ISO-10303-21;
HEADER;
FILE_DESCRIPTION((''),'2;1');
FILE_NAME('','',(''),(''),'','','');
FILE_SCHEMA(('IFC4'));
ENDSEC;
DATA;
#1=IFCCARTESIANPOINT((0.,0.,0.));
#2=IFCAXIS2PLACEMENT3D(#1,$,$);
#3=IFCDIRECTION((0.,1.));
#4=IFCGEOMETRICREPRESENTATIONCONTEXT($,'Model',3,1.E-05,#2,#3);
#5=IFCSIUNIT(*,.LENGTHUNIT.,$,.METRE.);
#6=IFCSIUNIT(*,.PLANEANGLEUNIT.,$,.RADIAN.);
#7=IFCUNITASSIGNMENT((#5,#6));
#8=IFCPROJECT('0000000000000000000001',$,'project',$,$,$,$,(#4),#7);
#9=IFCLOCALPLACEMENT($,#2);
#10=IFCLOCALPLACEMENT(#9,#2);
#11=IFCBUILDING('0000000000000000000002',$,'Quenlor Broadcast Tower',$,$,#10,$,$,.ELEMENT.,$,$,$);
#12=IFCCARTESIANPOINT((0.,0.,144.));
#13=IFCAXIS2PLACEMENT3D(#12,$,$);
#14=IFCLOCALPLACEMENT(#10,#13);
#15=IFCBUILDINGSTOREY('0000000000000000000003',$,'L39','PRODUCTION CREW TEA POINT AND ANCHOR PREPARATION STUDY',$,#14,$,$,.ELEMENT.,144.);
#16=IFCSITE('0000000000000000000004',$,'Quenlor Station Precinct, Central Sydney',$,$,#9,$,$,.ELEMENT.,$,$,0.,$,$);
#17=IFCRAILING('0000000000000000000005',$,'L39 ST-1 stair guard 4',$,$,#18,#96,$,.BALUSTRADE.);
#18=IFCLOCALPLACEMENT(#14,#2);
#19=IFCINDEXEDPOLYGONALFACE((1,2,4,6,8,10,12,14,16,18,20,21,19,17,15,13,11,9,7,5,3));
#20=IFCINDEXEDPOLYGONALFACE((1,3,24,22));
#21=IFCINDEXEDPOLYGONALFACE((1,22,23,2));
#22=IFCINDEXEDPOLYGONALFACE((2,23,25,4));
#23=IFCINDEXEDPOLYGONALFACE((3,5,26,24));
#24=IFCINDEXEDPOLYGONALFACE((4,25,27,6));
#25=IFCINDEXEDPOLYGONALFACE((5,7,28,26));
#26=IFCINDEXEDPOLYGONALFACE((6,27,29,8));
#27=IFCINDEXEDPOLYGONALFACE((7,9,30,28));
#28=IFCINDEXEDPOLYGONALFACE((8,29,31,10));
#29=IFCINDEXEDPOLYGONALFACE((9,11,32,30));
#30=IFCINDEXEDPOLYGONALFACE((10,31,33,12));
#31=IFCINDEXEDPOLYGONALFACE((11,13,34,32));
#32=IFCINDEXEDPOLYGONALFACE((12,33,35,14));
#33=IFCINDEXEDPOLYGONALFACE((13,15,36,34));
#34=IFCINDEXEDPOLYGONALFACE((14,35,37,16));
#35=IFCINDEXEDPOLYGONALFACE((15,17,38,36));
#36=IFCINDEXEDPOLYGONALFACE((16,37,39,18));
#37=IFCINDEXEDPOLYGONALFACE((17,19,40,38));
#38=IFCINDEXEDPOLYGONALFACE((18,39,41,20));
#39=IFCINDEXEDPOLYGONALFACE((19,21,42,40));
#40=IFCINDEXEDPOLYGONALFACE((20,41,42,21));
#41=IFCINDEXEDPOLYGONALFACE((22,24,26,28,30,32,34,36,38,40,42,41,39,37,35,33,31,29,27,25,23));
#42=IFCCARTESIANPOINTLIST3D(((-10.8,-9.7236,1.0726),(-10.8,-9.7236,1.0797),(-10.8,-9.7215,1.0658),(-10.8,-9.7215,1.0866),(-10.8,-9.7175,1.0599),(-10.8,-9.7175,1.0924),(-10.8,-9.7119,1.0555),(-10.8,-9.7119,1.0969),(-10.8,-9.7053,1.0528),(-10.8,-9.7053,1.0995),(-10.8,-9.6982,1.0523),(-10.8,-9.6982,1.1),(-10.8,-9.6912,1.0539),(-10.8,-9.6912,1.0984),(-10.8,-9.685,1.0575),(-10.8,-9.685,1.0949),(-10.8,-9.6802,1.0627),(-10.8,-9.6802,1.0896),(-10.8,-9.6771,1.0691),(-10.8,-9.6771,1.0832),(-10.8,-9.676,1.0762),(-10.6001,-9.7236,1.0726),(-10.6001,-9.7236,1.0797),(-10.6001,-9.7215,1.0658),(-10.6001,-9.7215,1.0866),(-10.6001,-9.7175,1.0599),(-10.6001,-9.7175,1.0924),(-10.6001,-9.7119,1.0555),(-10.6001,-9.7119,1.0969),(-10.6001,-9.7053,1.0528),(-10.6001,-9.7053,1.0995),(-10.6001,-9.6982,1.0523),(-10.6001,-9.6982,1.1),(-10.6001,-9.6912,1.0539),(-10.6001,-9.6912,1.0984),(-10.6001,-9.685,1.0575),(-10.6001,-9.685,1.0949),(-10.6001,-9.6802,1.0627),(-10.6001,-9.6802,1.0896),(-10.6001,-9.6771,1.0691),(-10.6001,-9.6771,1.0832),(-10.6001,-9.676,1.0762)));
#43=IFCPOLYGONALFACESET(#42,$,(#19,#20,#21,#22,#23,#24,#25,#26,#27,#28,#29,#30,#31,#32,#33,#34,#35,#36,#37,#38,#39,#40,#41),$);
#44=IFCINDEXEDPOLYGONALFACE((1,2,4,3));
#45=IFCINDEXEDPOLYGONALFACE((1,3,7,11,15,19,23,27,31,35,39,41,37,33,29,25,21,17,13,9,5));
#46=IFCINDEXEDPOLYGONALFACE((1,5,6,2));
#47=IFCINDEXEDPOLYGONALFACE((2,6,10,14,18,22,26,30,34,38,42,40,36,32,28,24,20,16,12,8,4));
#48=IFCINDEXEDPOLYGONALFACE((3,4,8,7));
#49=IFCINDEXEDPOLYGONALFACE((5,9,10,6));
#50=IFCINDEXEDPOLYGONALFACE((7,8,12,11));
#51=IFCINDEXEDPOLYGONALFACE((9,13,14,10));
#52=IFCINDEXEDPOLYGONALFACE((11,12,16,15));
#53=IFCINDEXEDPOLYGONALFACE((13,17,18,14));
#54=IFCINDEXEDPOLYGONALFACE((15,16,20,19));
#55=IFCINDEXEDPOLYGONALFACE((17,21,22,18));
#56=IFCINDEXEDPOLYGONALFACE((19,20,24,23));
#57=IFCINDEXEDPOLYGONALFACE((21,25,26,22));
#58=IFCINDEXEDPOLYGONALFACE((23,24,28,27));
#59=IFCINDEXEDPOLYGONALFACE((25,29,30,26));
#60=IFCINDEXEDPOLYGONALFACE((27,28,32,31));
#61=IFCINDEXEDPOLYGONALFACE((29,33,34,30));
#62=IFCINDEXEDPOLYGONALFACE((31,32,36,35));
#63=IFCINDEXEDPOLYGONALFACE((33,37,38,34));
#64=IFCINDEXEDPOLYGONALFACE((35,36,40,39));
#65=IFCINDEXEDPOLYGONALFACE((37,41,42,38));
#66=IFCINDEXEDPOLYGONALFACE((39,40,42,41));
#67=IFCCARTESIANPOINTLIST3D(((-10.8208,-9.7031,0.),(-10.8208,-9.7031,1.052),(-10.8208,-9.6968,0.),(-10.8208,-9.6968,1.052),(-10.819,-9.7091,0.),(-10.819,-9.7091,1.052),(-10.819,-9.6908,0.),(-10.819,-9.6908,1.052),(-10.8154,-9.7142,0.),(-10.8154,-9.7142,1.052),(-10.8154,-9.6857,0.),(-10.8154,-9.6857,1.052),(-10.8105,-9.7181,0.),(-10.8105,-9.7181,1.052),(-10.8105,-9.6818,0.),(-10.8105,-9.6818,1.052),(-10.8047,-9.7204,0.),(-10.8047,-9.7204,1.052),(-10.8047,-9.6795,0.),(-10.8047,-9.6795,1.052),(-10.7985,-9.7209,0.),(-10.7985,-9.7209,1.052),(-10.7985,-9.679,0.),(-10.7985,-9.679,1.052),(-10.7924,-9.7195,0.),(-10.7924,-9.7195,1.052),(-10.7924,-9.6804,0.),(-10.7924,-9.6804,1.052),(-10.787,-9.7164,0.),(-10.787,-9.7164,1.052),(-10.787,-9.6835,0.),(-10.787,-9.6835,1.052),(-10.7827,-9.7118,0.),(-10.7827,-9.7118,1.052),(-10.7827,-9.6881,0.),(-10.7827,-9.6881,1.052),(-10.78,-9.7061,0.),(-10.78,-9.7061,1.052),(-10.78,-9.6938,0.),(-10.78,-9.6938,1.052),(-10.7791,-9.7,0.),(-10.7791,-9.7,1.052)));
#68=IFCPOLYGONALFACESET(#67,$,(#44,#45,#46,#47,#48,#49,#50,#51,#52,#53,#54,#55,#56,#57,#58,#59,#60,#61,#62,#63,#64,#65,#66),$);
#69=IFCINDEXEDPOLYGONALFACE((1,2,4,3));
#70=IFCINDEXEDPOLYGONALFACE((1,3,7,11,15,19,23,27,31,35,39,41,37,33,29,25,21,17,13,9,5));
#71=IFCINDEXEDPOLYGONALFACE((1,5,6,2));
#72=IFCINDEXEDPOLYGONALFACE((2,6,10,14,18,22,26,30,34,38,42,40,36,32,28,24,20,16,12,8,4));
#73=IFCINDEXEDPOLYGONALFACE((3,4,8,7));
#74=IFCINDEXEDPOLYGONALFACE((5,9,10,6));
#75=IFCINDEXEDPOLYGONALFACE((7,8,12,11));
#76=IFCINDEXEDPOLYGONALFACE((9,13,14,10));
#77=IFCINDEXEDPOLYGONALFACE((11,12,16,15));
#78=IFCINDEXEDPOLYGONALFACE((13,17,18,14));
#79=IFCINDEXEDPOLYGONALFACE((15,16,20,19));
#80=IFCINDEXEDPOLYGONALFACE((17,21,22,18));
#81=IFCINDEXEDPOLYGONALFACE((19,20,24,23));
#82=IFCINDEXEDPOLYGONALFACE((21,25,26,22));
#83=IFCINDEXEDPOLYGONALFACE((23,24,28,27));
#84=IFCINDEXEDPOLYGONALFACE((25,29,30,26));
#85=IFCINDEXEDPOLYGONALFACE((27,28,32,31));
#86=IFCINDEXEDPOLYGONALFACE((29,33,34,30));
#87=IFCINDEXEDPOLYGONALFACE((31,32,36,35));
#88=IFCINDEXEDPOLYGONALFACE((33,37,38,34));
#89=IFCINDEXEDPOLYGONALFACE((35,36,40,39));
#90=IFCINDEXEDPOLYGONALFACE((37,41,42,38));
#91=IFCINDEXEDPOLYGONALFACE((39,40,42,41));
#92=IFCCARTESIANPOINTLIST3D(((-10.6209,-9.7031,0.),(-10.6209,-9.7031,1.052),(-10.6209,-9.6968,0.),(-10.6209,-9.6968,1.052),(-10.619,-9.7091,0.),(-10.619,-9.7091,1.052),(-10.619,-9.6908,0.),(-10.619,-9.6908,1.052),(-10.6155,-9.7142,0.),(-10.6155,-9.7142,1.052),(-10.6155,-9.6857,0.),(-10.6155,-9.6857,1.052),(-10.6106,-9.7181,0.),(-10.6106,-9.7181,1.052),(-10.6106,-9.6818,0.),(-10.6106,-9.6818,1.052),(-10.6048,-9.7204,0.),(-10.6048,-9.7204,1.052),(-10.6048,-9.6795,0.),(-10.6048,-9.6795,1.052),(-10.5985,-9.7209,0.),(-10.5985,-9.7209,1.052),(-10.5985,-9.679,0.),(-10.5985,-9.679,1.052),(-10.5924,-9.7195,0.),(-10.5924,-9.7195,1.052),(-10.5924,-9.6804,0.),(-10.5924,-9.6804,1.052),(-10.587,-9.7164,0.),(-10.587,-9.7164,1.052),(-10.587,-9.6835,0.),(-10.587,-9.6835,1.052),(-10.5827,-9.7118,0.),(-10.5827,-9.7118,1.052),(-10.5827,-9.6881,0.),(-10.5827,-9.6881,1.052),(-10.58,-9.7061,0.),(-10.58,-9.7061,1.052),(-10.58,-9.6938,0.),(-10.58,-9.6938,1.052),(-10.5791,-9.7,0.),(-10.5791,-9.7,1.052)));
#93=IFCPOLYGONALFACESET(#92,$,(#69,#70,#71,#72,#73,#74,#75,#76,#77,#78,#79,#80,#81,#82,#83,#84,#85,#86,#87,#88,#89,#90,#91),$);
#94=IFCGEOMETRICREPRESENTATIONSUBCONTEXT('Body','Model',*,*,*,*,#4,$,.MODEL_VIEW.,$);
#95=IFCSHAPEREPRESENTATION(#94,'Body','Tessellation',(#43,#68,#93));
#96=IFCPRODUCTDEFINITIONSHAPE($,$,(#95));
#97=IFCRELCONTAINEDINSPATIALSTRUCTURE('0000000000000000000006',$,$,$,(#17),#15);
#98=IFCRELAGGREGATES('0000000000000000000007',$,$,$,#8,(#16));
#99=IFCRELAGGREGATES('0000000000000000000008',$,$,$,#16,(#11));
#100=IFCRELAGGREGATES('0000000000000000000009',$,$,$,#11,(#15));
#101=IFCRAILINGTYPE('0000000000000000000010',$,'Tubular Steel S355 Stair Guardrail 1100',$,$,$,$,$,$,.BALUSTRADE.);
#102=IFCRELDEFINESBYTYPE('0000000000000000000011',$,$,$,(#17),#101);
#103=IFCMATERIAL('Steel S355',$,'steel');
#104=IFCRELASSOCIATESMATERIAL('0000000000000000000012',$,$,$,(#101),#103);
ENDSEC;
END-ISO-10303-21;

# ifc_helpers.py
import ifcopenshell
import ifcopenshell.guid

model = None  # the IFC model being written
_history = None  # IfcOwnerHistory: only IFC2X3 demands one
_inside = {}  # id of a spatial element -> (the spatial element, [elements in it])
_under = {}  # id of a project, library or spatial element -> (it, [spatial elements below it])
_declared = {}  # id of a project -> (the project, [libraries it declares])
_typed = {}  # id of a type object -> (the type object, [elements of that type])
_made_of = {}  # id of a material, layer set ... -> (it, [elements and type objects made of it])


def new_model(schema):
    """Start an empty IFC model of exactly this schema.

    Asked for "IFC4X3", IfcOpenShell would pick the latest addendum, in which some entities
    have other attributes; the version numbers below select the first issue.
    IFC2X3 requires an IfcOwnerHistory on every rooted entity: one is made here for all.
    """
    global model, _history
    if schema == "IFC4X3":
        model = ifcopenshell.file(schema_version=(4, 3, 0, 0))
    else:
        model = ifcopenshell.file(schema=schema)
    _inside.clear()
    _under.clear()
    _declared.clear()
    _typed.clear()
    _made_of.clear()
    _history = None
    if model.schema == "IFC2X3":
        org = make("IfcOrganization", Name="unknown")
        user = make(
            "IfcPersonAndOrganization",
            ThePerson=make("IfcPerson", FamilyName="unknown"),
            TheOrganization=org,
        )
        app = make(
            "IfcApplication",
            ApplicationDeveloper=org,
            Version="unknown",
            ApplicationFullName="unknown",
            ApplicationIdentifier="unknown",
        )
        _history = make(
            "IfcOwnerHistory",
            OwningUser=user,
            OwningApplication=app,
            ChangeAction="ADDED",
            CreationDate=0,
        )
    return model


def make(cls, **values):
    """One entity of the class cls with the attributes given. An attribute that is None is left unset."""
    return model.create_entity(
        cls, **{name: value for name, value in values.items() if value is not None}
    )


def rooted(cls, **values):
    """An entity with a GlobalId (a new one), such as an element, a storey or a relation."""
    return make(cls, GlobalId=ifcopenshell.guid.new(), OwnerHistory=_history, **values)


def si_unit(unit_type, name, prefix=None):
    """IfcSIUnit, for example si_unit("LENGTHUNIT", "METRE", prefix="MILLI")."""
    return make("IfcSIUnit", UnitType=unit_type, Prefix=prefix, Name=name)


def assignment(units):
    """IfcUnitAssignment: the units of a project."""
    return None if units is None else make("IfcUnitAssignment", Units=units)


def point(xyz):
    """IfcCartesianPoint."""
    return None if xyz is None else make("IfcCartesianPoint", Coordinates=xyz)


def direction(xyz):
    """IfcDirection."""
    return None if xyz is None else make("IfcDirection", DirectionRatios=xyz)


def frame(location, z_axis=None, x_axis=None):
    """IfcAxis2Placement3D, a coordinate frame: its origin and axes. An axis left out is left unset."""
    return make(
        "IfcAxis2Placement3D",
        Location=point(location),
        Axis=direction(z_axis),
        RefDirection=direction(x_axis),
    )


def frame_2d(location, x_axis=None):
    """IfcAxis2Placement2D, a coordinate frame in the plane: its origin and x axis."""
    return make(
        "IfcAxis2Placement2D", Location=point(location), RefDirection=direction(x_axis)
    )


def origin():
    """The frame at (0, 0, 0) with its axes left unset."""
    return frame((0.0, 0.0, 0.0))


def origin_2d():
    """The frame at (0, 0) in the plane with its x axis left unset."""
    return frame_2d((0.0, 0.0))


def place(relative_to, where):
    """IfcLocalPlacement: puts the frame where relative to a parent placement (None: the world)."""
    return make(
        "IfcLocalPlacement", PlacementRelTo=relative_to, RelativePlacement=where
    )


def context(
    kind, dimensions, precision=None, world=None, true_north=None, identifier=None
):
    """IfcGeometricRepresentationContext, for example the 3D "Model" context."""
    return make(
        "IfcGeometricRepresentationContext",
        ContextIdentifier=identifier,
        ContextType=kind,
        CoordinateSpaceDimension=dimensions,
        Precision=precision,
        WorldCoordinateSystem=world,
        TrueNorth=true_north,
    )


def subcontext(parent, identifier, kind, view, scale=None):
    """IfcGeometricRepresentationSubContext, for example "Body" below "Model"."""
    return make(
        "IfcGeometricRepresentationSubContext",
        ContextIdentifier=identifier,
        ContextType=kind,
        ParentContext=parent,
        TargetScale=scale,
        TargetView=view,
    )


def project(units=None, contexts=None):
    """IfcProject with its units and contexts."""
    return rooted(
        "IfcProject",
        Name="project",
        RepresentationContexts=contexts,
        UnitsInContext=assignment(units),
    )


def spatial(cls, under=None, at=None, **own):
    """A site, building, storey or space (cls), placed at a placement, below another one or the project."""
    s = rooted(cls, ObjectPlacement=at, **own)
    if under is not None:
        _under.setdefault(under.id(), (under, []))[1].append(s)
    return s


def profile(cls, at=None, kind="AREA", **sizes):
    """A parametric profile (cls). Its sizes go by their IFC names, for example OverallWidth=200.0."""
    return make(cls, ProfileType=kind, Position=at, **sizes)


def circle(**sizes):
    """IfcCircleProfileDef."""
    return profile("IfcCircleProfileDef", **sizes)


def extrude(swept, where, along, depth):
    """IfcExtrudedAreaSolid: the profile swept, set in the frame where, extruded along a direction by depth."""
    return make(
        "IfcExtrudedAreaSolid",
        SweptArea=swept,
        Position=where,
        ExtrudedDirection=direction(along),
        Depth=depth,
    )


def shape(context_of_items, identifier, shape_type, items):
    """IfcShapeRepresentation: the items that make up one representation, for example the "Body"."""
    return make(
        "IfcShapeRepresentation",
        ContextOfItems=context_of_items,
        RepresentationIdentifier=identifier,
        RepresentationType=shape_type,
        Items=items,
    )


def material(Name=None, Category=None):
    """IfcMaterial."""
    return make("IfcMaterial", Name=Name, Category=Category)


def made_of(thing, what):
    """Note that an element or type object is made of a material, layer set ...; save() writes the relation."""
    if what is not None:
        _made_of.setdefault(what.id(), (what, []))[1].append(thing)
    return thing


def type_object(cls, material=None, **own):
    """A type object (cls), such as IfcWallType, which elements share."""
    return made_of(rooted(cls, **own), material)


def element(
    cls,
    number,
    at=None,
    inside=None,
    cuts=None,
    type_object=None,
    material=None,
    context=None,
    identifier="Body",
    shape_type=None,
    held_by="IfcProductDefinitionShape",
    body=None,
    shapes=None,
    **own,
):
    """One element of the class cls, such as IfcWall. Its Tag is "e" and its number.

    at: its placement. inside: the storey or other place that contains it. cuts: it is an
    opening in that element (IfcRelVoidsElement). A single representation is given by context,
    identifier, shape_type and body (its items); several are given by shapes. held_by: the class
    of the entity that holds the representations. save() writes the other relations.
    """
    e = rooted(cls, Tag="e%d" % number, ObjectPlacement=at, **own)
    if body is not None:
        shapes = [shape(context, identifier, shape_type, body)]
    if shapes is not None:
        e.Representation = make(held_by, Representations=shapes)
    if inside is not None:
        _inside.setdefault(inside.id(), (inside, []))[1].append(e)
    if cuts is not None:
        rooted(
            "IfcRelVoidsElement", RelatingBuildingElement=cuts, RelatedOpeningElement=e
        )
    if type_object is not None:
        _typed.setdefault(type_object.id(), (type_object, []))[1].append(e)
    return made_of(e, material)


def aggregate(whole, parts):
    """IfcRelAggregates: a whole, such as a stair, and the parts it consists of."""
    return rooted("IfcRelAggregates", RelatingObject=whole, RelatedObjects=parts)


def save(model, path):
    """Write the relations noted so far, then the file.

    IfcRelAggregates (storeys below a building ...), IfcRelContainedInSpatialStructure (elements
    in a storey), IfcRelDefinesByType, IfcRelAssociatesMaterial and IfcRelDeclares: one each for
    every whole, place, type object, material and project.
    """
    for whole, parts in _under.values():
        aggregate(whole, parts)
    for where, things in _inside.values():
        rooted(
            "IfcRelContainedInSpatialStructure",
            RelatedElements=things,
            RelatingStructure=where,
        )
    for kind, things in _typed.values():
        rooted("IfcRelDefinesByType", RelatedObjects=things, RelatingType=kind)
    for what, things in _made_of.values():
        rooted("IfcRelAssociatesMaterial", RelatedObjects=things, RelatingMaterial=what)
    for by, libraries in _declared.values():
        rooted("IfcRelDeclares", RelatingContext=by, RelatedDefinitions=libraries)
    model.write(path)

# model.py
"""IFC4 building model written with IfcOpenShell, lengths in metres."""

from ifc_helpers import new_model, si_unit, direction, frame, origin, origin_2d, place, context, subcontext, project, spatial, circle, extrude, material, type_object, element, save


model = new_model("IFC4")

# Units and contexts
model_context = context("Model", 3, precision=1e-05, world=origin(), true_north=direction((0.0, 1.0)))
body_context = subcontext(model_context, "Body", "Model", "MODEL_VIEW")
ifc_project = project(units=[si_unit("LENGTHUNIT", "METRE"), si_unit("PLANEANGLEUNIT", "RADIAN")], contexts=[model_context])

# Site, building, storey
site_placement = place(None, origin())
site = spatial("IfcSite", under=ifc_project, at=site_placement, Name="Quenlor Station Precinct, Central Sydney", CompositionType="ELEMENT", RefElevation=0.0)
building_placement = place(site_placement, origin())
building = spatial("IfcBuilding", under=site, at=building_placement, Name="Quenlor Broadcast Tower", CompositionType="ELEMENT")
storey_placement = place(building_placement, frame((0.0, 0.0, 144.0)))
storey = spatial("IfcBuildingStorey", under=building, at=storey_placement, Name="L39", Description="PRODUCTION CREW TEA POINT AND ANCHOR PREPARATION STUDY", CompositionType="ELEMENT", Elevation=144.0)

# Railing
ifc_material_1 = material(Name="Steel S355", Category="steel")
railing_type_1 = type_object("IfcRailingType", Name="Tubular Steel S355 Stair Guardrail 1100", PredefinedType="BALUSTRADE", material=ifc_material_1)
railing_1_placement = place(storey_placement, frame((-10.8, -9.7, 0.0)))
element("IfcRailing", 1, at=railing_1_placement, inside=storey, type_object=railing_type_1, Name="L39 ST-1 stair guard 4", PredefinedType="BALUSTRADE", context=body_context, shape_type="SweptSolid", body=[
    extrude(circle(Radius=0.0239, at=origin_2d()), frame((0.0, 0.0, 1.0762), z_axis=(1.0, 0.0, 0.0), x_axis=(0.0, 1.0, 0.0)), (0.0, 0.0, 1.0), 0.2),
    extrude(circle(Radius=0.021, at=origin_2d()), origin(), (0.0, 0.0, 1.0), 1.052),
    extrude(circle(Radius=0.021, at=origin_2d()), frame((0.2, 0.0, 0.0)), (0.0, 0.0, 1.0), 1.052),
])

save(model, "model.ifc")
